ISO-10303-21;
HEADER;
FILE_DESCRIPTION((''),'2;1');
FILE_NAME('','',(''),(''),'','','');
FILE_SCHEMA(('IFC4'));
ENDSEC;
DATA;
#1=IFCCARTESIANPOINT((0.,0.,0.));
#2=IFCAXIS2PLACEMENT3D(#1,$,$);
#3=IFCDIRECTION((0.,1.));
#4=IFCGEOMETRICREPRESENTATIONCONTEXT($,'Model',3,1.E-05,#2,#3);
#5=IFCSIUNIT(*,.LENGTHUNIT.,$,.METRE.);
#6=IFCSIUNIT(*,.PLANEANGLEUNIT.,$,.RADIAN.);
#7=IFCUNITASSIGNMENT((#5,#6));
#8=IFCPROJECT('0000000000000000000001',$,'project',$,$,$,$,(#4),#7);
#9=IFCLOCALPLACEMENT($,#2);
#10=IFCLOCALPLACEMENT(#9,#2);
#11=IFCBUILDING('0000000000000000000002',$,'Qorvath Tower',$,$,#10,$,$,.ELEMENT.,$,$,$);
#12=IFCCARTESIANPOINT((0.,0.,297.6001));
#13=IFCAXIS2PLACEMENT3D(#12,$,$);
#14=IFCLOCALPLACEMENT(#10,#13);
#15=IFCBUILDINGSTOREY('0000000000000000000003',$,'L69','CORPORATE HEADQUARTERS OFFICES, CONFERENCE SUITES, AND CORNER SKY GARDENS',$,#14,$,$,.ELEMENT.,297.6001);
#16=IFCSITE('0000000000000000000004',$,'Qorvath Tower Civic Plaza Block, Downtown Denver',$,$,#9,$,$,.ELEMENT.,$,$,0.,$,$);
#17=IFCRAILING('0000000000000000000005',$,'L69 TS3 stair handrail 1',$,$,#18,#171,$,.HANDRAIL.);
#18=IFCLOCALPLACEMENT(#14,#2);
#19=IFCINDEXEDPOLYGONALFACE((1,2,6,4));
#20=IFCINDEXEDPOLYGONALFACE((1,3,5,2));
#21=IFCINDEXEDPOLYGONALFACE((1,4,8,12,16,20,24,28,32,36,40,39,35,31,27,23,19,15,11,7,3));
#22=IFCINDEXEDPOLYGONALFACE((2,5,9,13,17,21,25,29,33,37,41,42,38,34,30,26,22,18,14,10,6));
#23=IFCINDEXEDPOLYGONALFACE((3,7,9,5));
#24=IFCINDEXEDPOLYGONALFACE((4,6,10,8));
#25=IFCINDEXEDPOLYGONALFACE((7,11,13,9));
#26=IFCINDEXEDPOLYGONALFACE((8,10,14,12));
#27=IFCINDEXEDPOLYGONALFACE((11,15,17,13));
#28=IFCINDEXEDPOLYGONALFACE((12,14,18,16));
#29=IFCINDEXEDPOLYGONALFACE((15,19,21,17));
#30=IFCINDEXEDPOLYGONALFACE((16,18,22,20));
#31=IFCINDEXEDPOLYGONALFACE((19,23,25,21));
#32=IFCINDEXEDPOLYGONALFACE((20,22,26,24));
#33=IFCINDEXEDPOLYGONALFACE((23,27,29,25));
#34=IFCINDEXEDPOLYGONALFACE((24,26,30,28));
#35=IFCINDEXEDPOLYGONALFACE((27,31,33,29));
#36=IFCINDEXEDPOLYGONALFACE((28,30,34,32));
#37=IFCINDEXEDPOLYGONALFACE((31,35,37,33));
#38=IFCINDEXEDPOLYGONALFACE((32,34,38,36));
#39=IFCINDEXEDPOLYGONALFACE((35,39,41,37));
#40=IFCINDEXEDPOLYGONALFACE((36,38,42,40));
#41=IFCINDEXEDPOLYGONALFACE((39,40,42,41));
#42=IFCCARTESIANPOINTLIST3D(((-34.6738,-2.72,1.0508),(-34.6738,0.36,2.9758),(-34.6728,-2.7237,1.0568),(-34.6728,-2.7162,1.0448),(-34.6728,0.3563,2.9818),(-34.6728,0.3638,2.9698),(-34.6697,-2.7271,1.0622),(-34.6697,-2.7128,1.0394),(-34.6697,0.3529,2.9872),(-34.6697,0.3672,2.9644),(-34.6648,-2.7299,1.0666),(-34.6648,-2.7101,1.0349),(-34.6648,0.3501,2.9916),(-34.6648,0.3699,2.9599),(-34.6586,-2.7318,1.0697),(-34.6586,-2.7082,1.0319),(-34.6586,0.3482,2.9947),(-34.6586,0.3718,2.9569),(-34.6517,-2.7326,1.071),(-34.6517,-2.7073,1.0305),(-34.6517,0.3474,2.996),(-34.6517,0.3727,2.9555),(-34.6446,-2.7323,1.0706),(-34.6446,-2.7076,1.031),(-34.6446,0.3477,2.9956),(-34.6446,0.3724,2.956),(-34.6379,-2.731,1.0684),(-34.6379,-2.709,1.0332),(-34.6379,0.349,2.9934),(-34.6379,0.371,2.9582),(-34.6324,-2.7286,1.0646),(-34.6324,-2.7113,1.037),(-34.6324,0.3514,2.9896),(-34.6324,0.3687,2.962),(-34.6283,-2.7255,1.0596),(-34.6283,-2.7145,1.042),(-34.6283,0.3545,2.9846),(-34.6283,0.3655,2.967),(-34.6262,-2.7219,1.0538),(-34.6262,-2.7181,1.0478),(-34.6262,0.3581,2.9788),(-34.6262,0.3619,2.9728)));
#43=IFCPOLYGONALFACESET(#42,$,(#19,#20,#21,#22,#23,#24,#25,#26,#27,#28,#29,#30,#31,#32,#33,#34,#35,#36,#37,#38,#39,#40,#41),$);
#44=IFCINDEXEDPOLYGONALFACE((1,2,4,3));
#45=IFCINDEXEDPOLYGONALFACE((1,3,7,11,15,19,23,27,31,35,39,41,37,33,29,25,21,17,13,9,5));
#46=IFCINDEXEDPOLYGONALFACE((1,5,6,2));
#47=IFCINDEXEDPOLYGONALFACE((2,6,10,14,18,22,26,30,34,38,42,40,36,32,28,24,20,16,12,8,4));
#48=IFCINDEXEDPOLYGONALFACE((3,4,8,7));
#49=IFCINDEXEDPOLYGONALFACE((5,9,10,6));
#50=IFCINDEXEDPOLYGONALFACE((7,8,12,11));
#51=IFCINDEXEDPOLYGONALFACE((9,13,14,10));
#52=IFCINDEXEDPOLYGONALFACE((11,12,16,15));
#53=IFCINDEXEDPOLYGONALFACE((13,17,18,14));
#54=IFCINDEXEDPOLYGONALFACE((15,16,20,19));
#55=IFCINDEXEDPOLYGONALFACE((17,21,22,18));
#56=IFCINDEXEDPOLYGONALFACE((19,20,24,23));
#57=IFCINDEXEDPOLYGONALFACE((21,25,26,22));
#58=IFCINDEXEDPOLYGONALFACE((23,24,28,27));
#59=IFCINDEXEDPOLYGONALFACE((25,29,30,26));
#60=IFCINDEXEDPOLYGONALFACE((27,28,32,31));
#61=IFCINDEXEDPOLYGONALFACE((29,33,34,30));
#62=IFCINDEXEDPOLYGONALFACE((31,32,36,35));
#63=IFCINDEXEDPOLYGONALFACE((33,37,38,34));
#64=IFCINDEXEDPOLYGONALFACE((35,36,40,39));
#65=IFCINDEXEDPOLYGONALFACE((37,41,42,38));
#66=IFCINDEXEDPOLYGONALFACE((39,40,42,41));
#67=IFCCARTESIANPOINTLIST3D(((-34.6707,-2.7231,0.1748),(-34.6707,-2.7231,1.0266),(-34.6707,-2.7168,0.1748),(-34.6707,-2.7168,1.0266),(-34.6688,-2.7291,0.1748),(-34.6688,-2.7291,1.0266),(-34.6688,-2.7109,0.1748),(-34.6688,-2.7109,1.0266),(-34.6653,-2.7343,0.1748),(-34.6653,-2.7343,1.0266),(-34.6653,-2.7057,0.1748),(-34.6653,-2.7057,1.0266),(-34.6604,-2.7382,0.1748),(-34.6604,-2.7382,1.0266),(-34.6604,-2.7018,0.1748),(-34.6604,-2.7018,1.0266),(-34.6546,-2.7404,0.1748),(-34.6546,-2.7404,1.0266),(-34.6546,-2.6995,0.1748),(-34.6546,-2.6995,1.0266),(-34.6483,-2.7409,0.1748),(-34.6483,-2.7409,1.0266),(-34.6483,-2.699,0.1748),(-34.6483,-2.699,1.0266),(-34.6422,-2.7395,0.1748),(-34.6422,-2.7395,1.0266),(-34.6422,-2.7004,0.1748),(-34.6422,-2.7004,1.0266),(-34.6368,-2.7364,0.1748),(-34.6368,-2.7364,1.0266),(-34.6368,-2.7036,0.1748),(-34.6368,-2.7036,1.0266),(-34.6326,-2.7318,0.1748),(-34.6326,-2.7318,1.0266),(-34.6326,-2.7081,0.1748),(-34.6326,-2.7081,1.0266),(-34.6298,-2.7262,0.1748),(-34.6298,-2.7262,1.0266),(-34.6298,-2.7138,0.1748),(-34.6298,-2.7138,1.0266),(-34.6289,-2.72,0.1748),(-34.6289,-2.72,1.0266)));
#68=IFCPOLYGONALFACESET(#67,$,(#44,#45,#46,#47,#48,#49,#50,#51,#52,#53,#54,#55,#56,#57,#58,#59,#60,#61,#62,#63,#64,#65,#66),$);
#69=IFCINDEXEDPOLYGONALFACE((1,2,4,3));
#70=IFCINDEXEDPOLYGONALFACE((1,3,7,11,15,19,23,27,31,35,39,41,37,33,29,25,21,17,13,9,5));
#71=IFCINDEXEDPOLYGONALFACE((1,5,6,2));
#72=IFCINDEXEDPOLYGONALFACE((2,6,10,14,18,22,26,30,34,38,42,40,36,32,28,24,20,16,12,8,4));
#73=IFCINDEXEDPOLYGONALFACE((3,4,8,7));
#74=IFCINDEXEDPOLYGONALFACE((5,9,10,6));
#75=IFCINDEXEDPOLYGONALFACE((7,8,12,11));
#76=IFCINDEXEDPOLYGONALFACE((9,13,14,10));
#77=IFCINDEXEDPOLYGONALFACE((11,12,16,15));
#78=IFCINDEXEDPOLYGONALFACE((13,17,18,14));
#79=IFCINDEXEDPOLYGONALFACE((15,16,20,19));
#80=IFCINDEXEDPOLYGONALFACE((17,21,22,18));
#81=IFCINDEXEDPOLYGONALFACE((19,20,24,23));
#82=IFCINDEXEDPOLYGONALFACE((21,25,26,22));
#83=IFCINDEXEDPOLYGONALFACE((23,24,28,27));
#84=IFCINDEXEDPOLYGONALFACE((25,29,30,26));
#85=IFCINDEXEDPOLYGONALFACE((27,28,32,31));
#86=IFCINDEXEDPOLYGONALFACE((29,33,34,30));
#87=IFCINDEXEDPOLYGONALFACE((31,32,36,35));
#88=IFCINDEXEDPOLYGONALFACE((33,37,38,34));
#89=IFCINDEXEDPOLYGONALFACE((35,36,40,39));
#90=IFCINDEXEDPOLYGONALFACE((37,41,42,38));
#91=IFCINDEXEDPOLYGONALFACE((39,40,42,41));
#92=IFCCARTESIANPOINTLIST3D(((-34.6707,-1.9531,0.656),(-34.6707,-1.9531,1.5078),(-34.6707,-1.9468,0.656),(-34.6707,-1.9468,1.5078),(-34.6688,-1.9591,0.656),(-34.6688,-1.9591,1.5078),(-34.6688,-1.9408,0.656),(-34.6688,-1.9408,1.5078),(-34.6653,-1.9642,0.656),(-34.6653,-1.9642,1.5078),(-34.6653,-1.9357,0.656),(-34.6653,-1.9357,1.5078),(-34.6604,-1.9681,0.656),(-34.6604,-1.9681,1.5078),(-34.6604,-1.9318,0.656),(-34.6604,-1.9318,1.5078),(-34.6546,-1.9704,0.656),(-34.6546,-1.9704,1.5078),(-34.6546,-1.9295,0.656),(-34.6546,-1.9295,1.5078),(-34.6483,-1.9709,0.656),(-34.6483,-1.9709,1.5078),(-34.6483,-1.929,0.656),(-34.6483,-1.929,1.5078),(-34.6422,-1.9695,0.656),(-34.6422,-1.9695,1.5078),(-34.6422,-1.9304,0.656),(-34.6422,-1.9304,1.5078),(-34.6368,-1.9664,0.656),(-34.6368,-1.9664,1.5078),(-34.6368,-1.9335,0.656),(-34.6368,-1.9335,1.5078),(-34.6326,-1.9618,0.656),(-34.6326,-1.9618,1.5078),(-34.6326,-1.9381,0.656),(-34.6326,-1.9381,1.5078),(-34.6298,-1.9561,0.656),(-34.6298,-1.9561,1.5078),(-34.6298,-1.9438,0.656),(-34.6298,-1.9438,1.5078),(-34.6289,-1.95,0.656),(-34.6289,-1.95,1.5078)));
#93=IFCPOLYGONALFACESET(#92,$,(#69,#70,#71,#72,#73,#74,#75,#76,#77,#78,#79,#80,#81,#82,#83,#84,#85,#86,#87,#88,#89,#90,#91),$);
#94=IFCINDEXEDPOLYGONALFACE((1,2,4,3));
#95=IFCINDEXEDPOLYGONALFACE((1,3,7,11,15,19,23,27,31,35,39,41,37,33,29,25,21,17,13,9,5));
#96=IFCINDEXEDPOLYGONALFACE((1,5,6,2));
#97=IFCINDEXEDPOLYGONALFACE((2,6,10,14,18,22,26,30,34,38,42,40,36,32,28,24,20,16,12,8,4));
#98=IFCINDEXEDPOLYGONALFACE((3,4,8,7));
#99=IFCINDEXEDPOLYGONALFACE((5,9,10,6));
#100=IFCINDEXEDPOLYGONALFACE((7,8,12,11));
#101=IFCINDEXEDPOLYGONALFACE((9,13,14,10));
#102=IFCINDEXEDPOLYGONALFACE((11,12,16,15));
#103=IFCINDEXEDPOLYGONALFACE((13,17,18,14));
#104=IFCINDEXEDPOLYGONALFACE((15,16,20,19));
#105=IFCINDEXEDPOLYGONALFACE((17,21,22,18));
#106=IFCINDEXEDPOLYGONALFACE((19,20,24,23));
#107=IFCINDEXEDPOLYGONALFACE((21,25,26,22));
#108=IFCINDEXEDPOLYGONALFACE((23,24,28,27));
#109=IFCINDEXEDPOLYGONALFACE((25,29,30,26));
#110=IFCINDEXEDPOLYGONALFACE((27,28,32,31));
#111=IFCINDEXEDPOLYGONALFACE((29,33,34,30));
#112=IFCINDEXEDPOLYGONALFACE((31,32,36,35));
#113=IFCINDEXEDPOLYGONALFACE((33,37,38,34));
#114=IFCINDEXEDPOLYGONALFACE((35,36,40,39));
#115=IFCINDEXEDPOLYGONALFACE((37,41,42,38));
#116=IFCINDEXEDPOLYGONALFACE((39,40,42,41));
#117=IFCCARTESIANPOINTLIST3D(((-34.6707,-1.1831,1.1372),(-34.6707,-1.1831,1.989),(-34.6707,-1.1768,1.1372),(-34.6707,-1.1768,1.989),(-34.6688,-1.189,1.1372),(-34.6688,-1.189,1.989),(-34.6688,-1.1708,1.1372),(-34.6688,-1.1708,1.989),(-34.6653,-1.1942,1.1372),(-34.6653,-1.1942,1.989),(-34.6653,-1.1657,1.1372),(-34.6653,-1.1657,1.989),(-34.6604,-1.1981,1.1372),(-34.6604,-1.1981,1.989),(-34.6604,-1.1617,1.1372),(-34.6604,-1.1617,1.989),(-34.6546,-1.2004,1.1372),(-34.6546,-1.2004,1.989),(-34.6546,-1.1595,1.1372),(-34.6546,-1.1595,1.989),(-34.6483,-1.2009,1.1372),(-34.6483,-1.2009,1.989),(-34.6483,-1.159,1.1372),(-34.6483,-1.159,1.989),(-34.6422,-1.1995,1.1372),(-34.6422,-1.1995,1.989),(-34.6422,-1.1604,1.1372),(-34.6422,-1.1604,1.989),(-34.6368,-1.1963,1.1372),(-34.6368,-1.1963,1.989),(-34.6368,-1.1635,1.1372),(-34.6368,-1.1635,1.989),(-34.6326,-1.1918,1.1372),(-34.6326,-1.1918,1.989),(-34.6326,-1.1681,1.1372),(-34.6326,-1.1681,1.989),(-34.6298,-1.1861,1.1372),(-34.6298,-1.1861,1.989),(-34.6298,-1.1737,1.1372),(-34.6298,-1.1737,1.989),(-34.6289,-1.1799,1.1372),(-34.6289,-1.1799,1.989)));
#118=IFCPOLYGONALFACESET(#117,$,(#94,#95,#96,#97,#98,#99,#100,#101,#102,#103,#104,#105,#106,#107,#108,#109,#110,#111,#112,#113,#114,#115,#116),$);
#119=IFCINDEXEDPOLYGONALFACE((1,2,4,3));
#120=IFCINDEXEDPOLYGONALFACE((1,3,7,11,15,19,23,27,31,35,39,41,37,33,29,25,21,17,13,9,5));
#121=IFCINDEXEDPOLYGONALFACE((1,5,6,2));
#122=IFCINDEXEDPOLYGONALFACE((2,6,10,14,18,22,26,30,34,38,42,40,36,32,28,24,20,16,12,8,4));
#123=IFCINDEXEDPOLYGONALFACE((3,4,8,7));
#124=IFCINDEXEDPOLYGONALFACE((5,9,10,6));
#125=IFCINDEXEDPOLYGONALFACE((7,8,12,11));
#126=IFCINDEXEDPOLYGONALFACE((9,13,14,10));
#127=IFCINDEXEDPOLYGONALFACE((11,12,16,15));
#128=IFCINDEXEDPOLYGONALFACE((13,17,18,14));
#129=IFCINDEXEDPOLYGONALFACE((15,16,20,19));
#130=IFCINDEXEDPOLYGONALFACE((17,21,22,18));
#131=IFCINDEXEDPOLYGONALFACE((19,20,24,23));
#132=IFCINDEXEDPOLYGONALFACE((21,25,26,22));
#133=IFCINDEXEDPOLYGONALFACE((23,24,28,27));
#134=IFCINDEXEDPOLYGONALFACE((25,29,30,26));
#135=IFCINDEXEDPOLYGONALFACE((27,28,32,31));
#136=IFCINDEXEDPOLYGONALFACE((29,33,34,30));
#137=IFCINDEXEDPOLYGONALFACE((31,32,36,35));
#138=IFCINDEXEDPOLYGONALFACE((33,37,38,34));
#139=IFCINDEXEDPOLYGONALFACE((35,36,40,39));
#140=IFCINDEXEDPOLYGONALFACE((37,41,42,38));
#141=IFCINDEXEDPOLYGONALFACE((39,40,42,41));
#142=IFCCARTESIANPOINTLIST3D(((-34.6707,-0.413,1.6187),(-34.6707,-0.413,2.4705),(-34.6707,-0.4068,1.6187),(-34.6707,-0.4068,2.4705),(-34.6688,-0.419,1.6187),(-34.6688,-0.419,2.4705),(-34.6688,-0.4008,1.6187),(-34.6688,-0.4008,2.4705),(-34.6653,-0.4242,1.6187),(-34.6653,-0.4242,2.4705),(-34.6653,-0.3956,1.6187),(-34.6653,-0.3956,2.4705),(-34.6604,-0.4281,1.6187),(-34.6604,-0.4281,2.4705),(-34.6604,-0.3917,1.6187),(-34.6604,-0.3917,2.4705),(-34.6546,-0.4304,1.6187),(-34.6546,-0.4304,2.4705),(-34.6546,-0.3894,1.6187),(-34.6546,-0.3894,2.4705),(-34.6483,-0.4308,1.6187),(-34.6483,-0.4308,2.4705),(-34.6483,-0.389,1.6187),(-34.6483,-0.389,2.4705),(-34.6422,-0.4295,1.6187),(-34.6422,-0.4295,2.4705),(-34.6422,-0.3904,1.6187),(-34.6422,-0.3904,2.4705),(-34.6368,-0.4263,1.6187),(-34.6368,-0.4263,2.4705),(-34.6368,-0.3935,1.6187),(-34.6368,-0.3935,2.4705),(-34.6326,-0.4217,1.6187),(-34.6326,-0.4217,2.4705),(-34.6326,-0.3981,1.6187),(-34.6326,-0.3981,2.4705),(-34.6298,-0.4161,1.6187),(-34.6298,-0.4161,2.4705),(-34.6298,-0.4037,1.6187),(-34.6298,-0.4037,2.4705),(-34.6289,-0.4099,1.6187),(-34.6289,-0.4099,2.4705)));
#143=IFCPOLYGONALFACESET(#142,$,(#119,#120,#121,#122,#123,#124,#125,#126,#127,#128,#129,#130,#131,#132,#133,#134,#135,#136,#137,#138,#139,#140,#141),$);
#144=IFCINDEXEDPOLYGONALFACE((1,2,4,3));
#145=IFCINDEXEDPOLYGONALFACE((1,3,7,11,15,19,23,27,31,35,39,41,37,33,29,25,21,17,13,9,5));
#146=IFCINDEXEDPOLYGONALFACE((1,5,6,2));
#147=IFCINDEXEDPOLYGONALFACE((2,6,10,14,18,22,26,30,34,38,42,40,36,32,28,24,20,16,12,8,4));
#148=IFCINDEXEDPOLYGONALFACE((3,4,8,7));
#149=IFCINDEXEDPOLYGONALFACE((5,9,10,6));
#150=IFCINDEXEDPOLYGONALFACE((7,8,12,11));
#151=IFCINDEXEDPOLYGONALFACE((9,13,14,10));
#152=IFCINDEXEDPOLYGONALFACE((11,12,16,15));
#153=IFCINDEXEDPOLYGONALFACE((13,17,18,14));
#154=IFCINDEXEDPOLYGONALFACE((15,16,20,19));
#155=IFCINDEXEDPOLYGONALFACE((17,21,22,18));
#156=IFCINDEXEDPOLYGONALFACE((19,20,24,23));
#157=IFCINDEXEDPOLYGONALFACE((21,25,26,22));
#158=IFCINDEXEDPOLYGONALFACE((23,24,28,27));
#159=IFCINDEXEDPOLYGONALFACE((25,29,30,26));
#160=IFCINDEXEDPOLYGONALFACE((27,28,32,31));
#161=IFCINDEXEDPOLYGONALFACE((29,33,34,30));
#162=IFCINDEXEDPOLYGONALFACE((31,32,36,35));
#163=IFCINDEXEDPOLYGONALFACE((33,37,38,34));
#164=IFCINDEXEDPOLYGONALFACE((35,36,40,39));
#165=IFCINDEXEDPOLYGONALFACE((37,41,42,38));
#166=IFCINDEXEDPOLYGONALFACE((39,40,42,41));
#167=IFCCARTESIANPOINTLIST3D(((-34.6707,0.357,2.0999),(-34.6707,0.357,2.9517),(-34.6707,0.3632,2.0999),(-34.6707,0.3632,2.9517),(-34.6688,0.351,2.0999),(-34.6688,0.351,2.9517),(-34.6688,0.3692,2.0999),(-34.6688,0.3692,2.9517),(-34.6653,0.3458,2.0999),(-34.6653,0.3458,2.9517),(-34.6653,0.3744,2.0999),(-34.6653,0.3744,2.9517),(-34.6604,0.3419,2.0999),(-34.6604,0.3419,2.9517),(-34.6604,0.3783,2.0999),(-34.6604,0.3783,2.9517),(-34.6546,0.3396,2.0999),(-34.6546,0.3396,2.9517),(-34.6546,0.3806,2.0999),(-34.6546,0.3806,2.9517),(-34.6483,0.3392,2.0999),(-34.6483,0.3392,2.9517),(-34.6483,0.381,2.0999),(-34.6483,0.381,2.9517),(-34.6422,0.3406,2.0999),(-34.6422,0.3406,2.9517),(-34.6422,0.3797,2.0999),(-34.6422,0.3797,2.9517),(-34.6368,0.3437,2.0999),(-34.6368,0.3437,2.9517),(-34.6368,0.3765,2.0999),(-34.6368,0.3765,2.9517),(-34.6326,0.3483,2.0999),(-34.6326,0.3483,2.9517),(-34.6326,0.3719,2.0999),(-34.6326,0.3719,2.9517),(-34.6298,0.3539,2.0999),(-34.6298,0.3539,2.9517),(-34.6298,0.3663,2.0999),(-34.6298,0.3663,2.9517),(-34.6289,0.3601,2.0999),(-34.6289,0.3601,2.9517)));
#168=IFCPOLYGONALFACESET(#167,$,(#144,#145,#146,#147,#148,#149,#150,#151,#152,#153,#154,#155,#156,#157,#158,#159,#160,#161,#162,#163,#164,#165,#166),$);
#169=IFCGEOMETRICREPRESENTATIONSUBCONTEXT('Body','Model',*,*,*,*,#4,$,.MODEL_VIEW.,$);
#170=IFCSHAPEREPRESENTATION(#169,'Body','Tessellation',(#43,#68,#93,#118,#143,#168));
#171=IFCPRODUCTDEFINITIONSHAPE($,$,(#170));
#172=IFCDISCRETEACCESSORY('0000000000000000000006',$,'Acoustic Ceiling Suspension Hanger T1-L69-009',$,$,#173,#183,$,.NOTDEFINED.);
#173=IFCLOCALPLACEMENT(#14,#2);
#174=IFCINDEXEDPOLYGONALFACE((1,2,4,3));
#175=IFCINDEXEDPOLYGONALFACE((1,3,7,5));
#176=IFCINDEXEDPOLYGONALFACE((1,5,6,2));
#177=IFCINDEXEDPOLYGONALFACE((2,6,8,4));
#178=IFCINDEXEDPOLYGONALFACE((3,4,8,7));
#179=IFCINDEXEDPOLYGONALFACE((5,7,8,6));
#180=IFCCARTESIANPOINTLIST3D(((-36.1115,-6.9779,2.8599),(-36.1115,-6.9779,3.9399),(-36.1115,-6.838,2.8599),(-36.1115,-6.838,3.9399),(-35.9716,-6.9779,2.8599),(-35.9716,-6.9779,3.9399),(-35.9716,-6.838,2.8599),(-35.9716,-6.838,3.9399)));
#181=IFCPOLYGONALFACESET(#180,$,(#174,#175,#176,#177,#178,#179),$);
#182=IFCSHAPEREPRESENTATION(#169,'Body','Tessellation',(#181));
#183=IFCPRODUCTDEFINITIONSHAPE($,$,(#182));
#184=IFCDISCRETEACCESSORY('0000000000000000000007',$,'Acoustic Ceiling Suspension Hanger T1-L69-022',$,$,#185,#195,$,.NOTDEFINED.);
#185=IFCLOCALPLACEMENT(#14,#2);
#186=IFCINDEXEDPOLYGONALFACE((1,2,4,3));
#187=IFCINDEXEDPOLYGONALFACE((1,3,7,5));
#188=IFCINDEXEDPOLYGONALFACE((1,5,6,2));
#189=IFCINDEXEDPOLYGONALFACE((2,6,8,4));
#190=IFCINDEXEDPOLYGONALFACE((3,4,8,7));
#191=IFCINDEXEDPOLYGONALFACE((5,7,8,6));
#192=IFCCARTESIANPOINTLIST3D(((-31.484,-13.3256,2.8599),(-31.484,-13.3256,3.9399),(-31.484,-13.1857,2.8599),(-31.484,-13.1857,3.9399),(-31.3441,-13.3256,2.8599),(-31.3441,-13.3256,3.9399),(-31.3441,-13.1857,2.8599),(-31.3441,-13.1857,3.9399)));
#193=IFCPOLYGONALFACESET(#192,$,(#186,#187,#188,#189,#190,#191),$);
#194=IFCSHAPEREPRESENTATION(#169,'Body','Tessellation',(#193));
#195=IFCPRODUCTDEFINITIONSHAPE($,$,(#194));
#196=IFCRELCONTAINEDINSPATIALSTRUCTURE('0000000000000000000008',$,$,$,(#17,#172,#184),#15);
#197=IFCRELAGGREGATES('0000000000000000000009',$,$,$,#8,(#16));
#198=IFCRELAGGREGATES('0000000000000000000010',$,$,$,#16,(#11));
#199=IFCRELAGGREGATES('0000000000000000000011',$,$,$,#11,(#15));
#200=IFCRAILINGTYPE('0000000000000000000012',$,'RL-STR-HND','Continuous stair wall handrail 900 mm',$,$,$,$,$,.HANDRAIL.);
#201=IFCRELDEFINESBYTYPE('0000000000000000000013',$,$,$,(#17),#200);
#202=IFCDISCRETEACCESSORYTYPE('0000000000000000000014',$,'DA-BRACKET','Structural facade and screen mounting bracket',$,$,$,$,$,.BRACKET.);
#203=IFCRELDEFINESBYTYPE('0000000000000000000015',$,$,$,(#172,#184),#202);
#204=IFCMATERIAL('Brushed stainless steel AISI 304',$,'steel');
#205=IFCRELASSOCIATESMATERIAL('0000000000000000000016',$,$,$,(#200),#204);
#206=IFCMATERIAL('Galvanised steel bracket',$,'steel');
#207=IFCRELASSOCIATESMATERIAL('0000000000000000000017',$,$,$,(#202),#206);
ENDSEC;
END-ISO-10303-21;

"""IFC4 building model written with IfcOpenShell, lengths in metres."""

from ifc_helpers import new_model, si_unit, direction, frame, origin, origin_2d, place, context, subcontext, project, spatial, rectangle, circle, extrude, material, type_object, element, save


model = new_model("IFC4")

# Units and contexts
model_context = context("Model", 3, precision=1e-05, world=origin(), true_north=direction((0.0, 1.0)))
body_context = subcontext(model_context, "Body", "Model", "MODEL_VIEW")
ifc_project = project(units=[si_unit("LENGTHUNIT", "METRE"), si_unit("PLANEANGLEUNIT", "RADIAN")], contexts=[model_context])

# Site, building, storey
site_placement = place(None, origin())
site = spatial("IfcSite", under=ifc_project, at=site_placement, Name="Qorvath Tower Civic Plaza Block, Downtown Denver", CompositionType="ELEMENT", RefElevation=0.0)
building_placement = place(site_placement, origin())
building = spatial("IfcBuilding", under=site, at=building_placement, Name="Qorvath Tower", CompositionType="ELEMENT")
storey_placement = place(building_placement, frame((0.0, 0.0, 297.6001)))
storey = spatial("IfcBuildingStorey", under=building, at=storey_placement, Name="L69", Description="CORPORATE HEADQUARTERS OFFICES, CONFERENCE SUITES, AND CORNER SKY GARDENS", CompositionType="ELEMENT", Elevation=297.6001)

# Railing
ifc_material_1 = material(Name="Brushed stainless steel AISI 304", Category="steel")
railing_type_1 = type_object("IfcRailingType", Name="RL-STR-HND", Description="Continuous stair wall handrail 900 mm", PredefinedType="HANDRAIL", material=ifc_material_1)
railing_1_placement = place(storey_placement, frame((-34.6499, -2.72, 0.1748)))
element("IfcRailing", 1, at=railing_1_placement, inside=storey, type_object=railing_type_1, Name="L69 TS3 stair handrail 1", PredefinedType="HANDRAIL", context=body_context, shape_type="SweptSolid", body=[
    extrude(circle(Radius=0.0239, at=origin_2d()), frame((0.0, 0.0, 0.876), z_axis=(0.0, 0.847998, 0.529999), x_axis=(-1.0, 0.0, 0.0)), (0.0, 0.0, 1.0), 3.6321),
    extrude(circle(Radius=0.021, at=origin_2d()), origin(), (0.0, 0.0, 1.0), 0.8518),
    extrude(circle(Radius=0.021, at=origin_2d()), frame((0.0, 0.77, 0.4812)), (0.0, 0.0, 1.0), 0.8518),
    extrude(circle(Radius=0.021, at=origin_2d()), frame((0.0, 1.54, 0.9624)), (0.0, 0.0, 1.0), 0.8518),
    extrude(circle(Radius=0.021, at=origin_2d()), frame((0.0, 2.3101, 1.4438)), (0.0, 0.0, 1.0), 0.8518),
    extrude(circle(Radius=0.021, at=origin_2d()), frame((0.0, 3.0801, 1.925)), (0.0, 0.0, 1.0), 0.8518),
])

# Discrete accessories
ifc_material_2 = material(Name="Galvanised steel bracket", Category="steel")
discrete_accessory_type = type_object("IfcDiscreteAccessoryType", Name="DA-BRACKET", Description="Structural facade and screen mounting bracket", PredefinedType="BRACKET", material=ifc_material_2)
for number, where, z_axis, x_axis, name in (
    (2, (-36.0415, -6.908, 2.8599), (0.0, 0.0, 1.0), (1.0, 0.0, 0.0), "Acoustic Ceiling Suspension Hanger T1-L69-009"),
    (3, (-31.4141, -13.2556, 2.8599), (0.0, 0.0, 1.0), (1.0, 0.0, 0.0), "Acoustic Ceiling Suspension Hanger T1-L69-022"),
):
    element("IfcDiscreteAccessory", number, at=place(storey_placement, frame(where, z_axis=z_axis, x_axis=x_axis)), inside=storey, type_object=discrete_accessory_type, Name=name, PredefinedType="NOTDEFINED", context=body_context, shape_type="SweptSolid", body=[
        extrude(rectangle(XDim=0.1399, YDim=0.1399, at=origin_2d()), origin(), (0.0, 0.0, 1.0), 1.0801),
    ])

save(model, "model.ifc")
